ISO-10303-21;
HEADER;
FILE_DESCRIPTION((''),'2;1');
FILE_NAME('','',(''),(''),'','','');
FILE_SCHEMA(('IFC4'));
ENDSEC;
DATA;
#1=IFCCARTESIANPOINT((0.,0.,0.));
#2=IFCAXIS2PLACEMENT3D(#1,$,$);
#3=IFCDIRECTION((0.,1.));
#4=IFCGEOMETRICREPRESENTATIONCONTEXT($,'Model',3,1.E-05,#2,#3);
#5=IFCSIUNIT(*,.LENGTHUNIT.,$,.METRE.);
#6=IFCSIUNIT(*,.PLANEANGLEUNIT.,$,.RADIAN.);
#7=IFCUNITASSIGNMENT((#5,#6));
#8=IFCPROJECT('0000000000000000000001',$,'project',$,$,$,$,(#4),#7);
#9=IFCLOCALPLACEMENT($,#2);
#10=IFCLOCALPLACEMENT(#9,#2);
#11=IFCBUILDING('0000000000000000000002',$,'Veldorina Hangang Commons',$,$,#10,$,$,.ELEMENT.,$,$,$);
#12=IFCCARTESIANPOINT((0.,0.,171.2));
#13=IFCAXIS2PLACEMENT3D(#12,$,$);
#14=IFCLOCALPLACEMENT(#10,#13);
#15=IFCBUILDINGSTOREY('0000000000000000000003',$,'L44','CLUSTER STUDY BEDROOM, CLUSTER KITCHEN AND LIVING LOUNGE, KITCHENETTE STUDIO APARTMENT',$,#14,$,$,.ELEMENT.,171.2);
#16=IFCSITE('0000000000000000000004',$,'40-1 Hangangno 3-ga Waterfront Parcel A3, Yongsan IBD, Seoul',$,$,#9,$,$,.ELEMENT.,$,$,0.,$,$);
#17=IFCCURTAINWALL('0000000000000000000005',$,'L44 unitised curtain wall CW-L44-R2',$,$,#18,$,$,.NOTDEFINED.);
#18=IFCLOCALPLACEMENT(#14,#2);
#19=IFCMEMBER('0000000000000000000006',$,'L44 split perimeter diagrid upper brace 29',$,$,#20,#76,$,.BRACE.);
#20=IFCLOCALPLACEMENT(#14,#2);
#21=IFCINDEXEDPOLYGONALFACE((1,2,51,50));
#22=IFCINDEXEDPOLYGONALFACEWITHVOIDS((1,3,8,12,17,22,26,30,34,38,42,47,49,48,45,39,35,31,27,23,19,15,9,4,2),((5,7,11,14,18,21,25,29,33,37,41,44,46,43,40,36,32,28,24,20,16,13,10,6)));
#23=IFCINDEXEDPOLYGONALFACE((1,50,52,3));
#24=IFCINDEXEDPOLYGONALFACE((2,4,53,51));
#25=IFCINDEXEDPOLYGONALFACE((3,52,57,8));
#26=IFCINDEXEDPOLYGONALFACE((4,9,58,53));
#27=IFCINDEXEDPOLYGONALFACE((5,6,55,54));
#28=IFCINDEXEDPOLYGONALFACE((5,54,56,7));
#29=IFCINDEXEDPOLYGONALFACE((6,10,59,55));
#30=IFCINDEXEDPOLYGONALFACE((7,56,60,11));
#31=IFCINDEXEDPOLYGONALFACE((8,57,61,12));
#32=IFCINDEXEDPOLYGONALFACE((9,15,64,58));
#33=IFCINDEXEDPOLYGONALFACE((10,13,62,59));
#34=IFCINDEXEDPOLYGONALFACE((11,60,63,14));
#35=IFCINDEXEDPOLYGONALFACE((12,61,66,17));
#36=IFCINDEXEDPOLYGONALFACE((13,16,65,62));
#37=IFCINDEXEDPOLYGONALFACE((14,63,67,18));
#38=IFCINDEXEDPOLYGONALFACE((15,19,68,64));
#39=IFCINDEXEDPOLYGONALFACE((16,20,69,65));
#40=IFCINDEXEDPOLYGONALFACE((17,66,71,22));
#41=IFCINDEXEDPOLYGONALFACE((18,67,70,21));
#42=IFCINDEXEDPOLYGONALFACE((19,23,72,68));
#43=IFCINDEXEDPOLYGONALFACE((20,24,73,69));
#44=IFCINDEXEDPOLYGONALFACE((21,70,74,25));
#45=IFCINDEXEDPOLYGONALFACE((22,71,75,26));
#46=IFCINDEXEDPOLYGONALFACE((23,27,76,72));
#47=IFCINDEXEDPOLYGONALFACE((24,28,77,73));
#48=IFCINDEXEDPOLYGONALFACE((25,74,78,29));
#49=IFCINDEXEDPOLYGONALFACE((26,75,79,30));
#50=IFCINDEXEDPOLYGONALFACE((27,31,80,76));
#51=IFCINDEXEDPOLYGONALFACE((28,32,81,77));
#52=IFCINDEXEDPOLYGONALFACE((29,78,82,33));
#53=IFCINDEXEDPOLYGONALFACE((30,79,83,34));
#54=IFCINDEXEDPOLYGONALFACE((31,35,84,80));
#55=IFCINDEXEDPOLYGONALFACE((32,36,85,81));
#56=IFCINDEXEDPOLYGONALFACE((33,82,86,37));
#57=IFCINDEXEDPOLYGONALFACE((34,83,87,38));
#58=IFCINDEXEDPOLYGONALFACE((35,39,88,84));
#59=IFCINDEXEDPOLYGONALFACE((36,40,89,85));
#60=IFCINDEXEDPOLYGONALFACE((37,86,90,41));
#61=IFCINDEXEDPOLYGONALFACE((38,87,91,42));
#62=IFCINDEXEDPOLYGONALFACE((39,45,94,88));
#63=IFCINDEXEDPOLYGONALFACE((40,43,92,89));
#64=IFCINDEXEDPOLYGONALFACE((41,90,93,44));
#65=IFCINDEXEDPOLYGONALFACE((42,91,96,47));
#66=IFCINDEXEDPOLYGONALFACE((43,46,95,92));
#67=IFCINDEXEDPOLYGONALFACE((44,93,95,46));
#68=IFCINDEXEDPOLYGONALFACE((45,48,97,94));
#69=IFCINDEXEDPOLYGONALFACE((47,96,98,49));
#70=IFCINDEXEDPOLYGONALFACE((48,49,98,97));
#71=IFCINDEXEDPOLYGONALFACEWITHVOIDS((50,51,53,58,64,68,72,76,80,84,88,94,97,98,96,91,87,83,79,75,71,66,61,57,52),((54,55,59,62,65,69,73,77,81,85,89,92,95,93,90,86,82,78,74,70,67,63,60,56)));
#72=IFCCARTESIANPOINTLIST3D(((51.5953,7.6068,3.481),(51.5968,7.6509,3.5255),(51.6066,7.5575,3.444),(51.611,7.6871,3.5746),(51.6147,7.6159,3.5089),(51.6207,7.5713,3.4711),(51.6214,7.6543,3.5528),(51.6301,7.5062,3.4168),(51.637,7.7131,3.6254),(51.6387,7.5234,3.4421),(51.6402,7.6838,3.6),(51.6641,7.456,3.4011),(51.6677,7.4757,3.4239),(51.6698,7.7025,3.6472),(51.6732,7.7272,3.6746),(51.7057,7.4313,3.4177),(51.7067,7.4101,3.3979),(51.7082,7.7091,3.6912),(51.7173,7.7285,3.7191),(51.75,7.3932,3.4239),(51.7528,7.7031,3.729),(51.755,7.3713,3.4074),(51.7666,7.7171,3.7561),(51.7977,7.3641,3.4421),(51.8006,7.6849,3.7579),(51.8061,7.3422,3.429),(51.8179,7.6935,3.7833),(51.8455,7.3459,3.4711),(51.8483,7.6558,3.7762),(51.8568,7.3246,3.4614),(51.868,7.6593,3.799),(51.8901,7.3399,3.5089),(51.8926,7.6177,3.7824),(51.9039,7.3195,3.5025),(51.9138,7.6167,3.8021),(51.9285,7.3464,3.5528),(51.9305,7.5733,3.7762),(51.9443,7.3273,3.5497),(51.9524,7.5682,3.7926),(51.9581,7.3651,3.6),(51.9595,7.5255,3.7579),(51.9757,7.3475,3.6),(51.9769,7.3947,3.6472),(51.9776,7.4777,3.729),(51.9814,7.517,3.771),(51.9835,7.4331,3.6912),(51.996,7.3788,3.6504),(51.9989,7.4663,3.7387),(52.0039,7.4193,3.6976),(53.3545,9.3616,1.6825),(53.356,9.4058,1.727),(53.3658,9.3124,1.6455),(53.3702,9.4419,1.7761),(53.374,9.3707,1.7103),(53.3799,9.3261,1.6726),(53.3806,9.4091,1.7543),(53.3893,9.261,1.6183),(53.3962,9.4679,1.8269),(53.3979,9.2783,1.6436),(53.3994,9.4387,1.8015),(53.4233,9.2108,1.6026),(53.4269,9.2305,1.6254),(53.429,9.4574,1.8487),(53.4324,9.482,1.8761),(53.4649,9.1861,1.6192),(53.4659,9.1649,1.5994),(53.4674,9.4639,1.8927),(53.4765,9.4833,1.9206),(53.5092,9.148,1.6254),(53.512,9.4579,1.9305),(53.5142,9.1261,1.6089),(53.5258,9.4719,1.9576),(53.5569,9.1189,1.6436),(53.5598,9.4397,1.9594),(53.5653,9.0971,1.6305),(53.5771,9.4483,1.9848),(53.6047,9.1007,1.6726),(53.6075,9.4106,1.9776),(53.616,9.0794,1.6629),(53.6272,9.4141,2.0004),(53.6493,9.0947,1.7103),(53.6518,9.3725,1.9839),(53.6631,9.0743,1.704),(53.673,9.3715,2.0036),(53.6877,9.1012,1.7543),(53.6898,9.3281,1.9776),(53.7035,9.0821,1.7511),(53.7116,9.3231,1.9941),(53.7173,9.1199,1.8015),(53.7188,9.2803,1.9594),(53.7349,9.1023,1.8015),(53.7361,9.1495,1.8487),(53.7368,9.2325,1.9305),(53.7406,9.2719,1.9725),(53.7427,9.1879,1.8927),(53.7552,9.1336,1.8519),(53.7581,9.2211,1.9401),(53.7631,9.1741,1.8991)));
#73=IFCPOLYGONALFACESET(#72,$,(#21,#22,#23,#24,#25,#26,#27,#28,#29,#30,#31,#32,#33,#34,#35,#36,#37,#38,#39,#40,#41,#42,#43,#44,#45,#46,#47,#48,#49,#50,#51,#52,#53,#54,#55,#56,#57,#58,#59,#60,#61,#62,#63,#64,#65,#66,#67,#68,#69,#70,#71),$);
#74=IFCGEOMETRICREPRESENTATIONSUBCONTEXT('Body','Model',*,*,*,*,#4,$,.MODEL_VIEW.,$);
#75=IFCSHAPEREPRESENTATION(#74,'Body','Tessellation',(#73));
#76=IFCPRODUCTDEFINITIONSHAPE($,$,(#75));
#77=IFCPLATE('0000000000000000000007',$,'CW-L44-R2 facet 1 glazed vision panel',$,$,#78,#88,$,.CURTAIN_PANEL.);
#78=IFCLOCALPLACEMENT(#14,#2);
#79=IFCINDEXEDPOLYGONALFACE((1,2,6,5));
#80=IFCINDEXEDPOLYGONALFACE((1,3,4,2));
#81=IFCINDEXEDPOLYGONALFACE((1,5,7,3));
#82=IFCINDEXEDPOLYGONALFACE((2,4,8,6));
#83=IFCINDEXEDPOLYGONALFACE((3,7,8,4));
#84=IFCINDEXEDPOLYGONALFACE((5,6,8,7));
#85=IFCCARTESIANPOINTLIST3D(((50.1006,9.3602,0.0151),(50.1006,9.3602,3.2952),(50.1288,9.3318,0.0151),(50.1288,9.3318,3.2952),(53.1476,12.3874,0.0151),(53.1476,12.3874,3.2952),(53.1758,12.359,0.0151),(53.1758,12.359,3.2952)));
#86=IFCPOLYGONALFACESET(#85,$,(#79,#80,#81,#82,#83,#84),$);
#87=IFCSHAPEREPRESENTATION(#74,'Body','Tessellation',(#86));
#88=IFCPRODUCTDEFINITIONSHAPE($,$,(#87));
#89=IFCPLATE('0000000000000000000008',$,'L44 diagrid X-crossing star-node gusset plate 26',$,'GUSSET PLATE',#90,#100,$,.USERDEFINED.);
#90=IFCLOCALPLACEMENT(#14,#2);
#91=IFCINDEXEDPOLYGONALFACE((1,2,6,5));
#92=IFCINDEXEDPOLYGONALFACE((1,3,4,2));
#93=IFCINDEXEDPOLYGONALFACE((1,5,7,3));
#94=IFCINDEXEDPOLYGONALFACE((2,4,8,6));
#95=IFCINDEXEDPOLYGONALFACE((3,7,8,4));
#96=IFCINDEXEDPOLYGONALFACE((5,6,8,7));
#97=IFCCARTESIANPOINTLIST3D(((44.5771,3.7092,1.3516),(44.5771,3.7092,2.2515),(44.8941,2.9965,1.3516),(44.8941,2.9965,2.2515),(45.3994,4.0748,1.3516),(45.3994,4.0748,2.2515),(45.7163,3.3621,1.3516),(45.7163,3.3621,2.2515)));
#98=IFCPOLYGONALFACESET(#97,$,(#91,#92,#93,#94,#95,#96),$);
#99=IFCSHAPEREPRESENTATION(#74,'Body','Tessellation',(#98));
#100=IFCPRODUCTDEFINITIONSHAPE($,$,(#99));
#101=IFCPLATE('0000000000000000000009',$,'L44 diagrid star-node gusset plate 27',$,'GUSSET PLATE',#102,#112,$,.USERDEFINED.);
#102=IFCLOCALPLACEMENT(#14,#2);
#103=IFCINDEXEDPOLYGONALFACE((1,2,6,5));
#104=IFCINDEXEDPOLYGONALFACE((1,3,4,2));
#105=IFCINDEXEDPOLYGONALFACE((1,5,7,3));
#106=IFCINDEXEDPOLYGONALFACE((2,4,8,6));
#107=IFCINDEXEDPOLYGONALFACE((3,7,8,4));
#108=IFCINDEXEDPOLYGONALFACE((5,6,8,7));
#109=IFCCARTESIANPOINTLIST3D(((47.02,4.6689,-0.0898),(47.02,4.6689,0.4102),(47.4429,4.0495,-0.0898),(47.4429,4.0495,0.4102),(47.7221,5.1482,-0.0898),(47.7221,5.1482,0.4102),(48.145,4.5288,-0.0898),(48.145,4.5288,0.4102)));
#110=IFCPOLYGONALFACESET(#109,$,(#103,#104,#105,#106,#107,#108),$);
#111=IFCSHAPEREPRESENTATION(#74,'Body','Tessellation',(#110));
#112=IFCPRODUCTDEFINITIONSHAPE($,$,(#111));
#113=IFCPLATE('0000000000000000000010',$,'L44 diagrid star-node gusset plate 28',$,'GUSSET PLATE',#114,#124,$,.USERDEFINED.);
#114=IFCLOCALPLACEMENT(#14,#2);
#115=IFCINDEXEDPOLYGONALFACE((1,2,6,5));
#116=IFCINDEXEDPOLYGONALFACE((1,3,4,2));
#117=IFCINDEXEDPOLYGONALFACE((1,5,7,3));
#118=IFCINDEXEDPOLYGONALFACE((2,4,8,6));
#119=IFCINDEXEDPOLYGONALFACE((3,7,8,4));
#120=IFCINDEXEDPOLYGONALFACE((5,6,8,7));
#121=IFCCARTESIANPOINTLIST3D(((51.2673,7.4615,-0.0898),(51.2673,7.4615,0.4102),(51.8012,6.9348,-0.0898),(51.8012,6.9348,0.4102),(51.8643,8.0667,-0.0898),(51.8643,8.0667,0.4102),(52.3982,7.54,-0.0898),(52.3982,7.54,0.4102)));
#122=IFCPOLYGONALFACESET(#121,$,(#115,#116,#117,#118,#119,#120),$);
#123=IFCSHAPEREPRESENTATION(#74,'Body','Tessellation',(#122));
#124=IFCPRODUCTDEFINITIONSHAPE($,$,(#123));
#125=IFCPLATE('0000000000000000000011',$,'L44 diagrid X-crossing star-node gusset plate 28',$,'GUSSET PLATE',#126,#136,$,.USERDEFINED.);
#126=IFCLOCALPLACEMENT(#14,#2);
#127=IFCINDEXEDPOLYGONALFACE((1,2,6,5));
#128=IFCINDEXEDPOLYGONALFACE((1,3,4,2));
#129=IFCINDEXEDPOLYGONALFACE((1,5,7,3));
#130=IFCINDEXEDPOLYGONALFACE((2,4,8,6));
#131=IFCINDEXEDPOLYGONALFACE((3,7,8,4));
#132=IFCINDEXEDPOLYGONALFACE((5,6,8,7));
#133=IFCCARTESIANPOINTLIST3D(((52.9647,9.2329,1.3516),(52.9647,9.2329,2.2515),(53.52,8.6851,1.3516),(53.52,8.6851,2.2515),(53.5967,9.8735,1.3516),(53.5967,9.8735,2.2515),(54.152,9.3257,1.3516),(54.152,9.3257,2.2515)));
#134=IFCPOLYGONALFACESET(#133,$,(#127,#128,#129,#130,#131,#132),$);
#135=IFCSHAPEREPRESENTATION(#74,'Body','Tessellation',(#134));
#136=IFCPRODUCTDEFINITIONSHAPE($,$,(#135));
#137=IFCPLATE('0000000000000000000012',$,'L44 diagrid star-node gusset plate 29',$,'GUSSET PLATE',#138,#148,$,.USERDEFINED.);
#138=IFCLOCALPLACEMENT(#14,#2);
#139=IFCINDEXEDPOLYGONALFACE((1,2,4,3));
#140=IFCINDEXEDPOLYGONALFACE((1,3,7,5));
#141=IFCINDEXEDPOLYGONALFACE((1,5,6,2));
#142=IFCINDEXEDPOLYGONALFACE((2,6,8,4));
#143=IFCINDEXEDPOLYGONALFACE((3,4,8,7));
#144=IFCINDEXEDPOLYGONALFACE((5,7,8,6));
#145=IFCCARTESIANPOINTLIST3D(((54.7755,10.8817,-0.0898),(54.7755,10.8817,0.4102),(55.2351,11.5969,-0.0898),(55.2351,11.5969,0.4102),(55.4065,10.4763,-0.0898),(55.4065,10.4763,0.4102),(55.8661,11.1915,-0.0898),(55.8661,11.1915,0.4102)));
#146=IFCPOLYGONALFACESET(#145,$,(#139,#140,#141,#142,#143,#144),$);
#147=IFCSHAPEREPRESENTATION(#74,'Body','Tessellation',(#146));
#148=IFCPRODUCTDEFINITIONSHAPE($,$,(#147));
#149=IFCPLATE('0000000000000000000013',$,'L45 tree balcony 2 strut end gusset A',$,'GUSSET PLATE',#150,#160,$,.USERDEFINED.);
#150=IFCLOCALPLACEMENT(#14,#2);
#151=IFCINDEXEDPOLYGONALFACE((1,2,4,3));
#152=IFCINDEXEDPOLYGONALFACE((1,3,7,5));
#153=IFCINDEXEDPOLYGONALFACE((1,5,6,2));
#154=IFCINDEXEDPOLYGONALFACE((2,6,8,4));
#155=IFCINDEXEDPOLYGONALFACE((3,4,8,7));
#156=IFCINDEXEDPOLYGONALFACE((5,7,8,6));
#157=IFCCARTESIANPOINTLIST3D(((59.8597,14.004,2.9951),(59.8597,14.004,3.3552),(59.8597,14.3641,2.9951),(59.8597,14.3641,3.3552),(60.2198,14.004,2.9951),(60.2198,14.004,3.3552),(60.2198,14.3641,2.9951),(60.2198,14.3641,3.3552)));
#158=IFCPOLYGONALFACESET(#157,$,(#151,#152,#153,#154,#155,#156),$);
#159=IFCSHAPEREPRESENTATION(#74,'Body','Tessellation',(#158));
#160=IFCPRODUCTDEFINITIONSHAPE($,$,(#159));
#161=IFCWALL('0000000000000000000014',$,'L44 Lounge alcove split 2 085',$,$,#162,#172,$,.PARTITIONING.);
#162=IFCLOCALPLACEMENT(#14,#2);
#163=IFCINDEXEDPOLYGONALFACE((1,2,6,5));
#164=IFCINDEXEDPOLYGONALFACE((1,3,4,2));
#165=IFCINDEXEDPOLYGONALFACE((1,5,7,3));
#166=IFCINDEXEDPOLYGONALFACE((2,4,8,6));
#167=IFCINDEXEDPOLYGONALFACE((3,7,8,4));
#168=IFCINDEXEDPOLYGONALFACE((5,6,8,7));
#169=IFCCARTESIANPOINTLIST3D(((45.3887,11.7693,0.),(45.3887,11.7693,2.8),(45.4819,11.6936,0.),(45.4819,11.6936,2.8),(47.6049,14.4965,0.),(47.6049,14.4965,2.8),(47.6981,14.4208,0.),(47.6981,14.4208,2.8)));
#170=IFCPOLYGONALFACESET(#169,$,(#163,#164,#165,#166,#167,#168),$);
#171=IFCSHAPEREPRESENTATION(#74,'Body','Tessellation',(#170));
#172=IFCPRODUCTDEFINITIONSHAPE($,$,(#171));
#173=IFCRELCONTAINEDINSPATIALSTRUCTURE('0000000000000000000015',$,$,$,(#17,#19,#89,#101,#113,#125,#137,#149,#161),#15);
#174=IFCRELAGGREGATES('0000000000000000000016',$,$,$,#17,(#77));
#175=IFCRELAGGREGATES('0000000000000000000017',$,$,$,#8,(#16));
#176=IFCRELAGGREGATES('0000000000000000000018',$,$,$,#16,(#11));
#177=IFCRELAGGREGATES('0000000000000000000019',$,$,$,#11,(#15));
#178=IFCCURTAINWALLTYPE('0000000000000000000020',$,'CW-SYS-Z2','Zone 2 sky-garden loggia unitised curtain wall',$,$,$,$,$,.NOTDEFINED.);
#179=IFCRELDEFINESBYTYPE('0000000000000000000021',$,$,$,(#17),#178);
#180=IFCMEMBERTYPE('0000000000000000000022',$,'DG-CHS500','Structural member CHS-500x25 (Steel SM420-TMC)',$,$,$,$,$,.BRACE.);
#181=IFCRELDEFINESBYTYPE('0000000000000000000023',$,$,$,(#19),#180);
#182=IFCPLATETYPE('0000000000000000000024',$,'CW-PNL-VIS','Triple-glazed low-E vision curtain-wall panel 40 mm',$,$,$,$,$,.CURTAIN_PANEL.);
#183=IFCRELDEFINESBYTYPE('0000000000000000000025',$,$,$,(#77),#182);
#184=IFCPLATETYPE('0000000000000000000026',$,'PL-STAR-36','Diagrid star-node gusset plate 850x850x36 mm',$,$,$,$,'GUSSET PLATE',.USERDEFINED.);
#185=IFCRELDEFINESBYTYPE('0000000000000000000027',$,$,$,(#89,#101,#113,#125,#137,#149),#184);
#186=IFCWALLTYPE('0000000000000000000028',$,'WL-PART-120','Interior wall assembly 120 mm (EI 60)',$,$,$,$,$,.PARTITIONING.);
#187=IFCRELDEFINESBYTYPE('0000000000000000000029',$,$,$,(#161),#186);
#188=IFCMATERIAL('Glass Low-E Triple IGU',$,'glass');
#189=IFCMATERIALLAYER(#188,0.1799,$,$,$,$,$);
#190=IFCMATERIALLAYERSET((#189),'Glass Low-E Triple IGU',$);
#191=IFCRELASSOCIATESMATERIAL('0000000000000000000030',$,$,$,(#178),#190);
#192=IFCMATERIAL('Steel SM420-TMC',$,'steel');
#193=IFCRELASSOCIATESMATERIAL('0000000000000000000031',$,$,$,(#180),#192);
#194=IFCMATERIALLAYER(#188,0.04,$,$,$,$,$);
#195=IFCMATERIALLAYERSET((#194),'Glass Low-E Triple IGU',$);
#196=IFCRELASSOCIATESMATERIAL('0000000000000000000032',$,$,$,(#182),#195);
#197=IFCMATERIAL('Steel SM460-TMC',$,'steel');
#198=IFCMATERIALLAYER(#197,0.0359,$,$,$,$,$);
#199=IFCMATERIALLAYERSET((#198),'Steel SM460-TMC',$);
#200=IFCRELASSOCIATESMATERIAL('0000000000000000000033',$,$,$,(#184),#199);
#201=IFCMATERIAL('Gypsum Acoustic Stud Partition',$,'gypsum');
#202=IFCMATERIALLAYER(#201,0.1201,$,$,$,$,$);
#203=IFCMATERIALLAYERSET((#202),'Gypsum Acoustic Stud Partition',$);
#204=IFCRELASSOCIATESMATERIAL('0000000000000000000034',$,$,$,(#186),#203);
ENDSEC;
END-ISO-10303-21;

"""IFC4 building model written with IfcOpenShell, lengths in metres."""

from ifc_helpers import new_model, si_unit, direction, frame, frame_2d, origin, origin_2d, place, context, subcontext, project, spatial, rectangle, hollow_circle, extrude, material, layer, layer_set, material_profile, profile_set, type_object, element, aggregate, save


model = new_model("IFC4")

# Units and contexts
model_context = context("Model", 3, precision=1e-05, world=origin(), true_north=direction((0.0, 1.0)))
body_context = subcontext(model_context, "Body", "Model", "MODEL_VIEW")
ifc_project = project(units=[si_unit("LENGTHUNIT", "METRE"), si_unit("PLANEANGLEUNIT", "RADIAN")], contexts=[model_context])

# Site, building, storey
site_placement = place(None, origin())
site = spatial("IfcSite", under=ifc_project, at=site_placement, Name="40-1 Hangangno 3-ga Waterfront Parcel A3, Yongsan IBD, Seoul", CompositionType="ELEMENT", RefElevation=0.0)
building_placement = place(site_placement, origin())
building = spatial("IfcBuilding", under=site, at=building_placement, Name="Veldorina Hangang Commons", CompositionType="ELEMENT")
storey_placement = place(building_placement, frame((0.0, 0.0, 171.2)))
storey = spatial("IfcBuildingStorey", under=building, at=storey_placement, Name="L44", Description="CLUSTER STUDY BEDROOM, CLUSTER KITCHEN AND LIVING LOUNGE, KITCHENETTE STUDIO APARTMENT", CompositionType="ELEMENT", Elevation=171.2)

# Shared definitions
ifc_material_1 = material(Name="Steel SM420-TMC", Category="steel")

# Shared definitions
ifc_material_2 = material(Name="Glass Low-E Triple IGU", Category="glass")
ifc_layer_1 = layer(ifc_material_2, 0.1799)
ifc_layer_set_1 = layer_set([ifc_layer_1], Name="Glass Low-E Triple IGU")
curtain_wall_type = type_object("IfcCurtainWallType", Name="CW-SYS-Z2", Description="Zone 2 sky-garden loggia unitised curtain wall", PredefinedType="NOTDEFINED", material=ifc_layer_set_1)

# Curtain wall
curtain_wall_1_placement = place(storey_placement, origin())
curtain_wall_1 = element("IfcCurtainWall", 1, at=curtain_wall_1_placement, inside=storey, type_object=curtain_wall_type, Name="L44 unitised curtain wall CW-L44-R2", PredefinedType="NOTDEFINED")

# Member
ifc_material_profile_1 = material_profile(ifc_material_1, hollow_circle(Radius=0.25, WallThickness=0.0249, at=origin_2d()), Name="CHS-500x25")
ifc_profile_set_1 = profile_set([ifc_material_profile_1], Name="Steel SM420-TMC")
member_type_1 = type_object("IfcMemberType", Name="DG-CHS500", Description="Structural member CHS-500x25 (Steel SM420-TMC)", PredefinedType="BRACE", material=ifc_profile_set_1)
member_1_placement = place(storey_placement, frame((53.5583, 9.2793, 1.8015), z_axis=(-0.573521, -0.572088, 0.586335), x_axis=(0.706222, -0.70799, 0.0)))
element("IfcMember", 2, at=member_1_placement, inside=storey, type_object=member_type_1, Name="L44 split perimeter diagrid upper brace 29", PredefinedType="BRACE", context=body_context, shape_type="SweptSolid", body=[
    extrude(hollow_circle(Radius=0.25, WallThickness=0.0249, at=origin_2d()), origin(), (0.0, 0.0, 1.0), 3.0674),
])

# Plate
ifc_layer_2 = layer(ifc_material_2, 0.04)
ifc_layer_set_2 = layer_set([ifc_layer_2], Name="Glass Low-E Triple IGU")
plate_type_1 = type_object("IfcPlateType", Name="CW-PNL-VIS", Description="Triple-glazed low-E vision curtain-wall panel 40 mm", PredefinedType="CURTAIN_PANEL", material=ifc_layer_set_2)
plate_1_placement = place(storey_placement, frame((51.6382, 10.8596, 0.0151), z_axis=(0.0, 0.0, 1.0), x_axis=(0.709411, 0.704795, 0.0)))
plate_1 = element("IfcPlate", 3, at=plate_1_placement, type_object=plate_type_1, Name="CW-L44-R2 facet 1 glazed vision panel", PredefinedType="CURTAIN_PANEL", context=body_context, shape_type="SweptSolid", body=[
    extrude(rectangle(XDim=4.2952, YDim=0.04, at=origin_2d()), origin(), (0.0, 0.0, 1.0), 3.28),
])
aggregate(curtain_wall_1, [plate_1])

# Plates
ifc_material_3 = material(Name="Steel SM460-TMC", Category="steel")
ifc_layer_3 = layer(ifc_material_3, 0.0359)
ifc_layer_set_3 = layer_set([ifc_layer_3], Name="Steel SM460-TMC")
plate_type_2 = type_object("IfcPlateType", Name="PL-STAR-36", Description="Diagrid star-node gusset plate 850x850x36 mm", ElementType="GUSSET PLATE", PredefinedType="USERDEFINED", material=ifc_layer_set_3)
plate_2_placement = place(storey_placement, frame((45.1467, 3.5356, 1.3516), z_axis=(0.0, 0.0, 1.0), x_axis=(0.913737, 0.406306, 0.0)))
element("IfcPlate", 4, at=plate_2_placement, inside=storey, type_object=plate_type_2, Name="L44 diagrid X-crossing star-node gusset plate 26", ObjectType="GUSSET PLATE", PredefinedType="USERDEFINED", context=body_context, shape_type="SweptSolid", body=[
    extrude(rectangle(XDim=0.8999, YDim=0.78, at=origin_2d()), origin(), (0.0, 0.0, 1.0), 0.8999),
])
for number, where, z_axis, x_axis, name in (
    (5, (47.5825, 4.5989, -0.0898), (0.0, 0.0, 1.0), (0.825882, 0.563843, 0.0), "L44 diagrid star-node gusset plate 27"),
    (6, (51.8328, 7.5007, -0.0898), (0.0, 0.0, 1.0), (0.702277, 0.711903, 0.0), "L44 diagrid star-node gusset plate 28"),
):
    element("IfcPlate", number, at=place(storey_placement, frame(where, z_axis=z_axis, x_axis=x_axis)), inside=storey, type_object=plate_type_2, Name=name, ObjectType="GUSSET PLATE", PredefinedType="USERDEFINED", context=body_context, shape_type="SweptSolid", body=[
        extrude(rectangle(XDim=0.8501, YDim=0.75, at=origin_2d()), origin(), (0.0, 0.0, 1.0), 0.5),
    ])
plate_3_placement = place(storey_placement, frame((53.5583, 9.2793, 1.3516), z_axis=(0.0, 0.0, 1.0), x_axis=(0.702277, 0.711903, 0.0)))
element("IfcPlate", 7, at=plate_3_placement, inside=storey, type_object=plate_type_2, Name="L44 diagrid X-crossing star-node gusset plate 28", ObjectType="GUSSET PLATE", PredefinedType="USERDEFINED", context=body_context, shape_type="SweptSolid", body=[
    extrude(rectangle(XDim=0.8999, YDim=0.78, at=origin_2d()), origin(), (0.0, 0.0, 1.0), 0.8999),
])
plate_4_placement = place(storey_placement, frame((55.3208, 11.0366, -0.0898), z_axis=(0.0, 0.0, 1.0), x_axis=(0.540549, 0.841313, 0.0)))
element("IfcPlate", 8, at=plate_4_placement, inside=storey, type_object=plate_type_2, Name="L44 diagrid star-node gusset plate 29", ObjectType="GUSSET PLATE", PredefinedType="USERDEFINED", context=body_context, shape_type="SweptSolid", body=[
    extrude(rectangle(XDim=0.8501, YDim=0.75, at=origin_2d()), origin(), (0.0, 0.0, 1.0), 0.5),
])
plate_5_placement = place(storey_placement, frame((60.0398, 14.1841, 2.9951), z_axis=(0.0, 0.0, 1.0), x_axis=(1.0, 0.0, 0.0)))
element("IfcPlate", 9, at=plate_5_placement, inside=storey, type_object=plate_type_2, Name="L45 tree balcony 2 strut end gusset A", ObjectType="GUSSET PLATE", PredefinedType="USERDEFINED", context=body_context, shape_type="SweptSolid", body=[
    extrude(rectangle(XDim=0.3601, YDim=0.3601, at=origin_2d()), origin(), (0.0, 0.0, 1.0), 0.3601),
])

# Wall
ifc_material_4 = material(Name="Gypsum Acoustic Stud Partition", Category="gypsum")
ifc_layer_4 = layer(ifc_material_4, 0.1201)
ifc_layer_set_4 = layer_set([ifc_layer_4], Name="Gypsum Acoustic Stud Partition")
wall_type_1 = type_object("IfcWallType", Name="WL-PART-120", Description="Interior wall assembly 120 mm (EI 60)", PredefinedType="PARTITIONING", material=ifc_layer_set_4)
wall_1_placement = place(storey_placement, frame((45.4353, 11.7314, 0.0), z_axis=(0.0, 0.0, 1.0), x_axis=(0.630658, 0.776061, 0.0)))
element("IfcWall", 10, at=wall_1_placement, inside=storey, type_object=wall_type_1, Name="L44 Lounge alcove split 2 085", PredefinedType="PARTITIONING", context=body_context, shape_type="SweptSolid", body=[
    extrude(rectangle(XDim=3.5142, YDim=0.1201, at=frame_2d((1.7571, 0.0))), origin(), (0.0, 0.0, 1.0), 2.8),
])

save(model, "model.ifc")
